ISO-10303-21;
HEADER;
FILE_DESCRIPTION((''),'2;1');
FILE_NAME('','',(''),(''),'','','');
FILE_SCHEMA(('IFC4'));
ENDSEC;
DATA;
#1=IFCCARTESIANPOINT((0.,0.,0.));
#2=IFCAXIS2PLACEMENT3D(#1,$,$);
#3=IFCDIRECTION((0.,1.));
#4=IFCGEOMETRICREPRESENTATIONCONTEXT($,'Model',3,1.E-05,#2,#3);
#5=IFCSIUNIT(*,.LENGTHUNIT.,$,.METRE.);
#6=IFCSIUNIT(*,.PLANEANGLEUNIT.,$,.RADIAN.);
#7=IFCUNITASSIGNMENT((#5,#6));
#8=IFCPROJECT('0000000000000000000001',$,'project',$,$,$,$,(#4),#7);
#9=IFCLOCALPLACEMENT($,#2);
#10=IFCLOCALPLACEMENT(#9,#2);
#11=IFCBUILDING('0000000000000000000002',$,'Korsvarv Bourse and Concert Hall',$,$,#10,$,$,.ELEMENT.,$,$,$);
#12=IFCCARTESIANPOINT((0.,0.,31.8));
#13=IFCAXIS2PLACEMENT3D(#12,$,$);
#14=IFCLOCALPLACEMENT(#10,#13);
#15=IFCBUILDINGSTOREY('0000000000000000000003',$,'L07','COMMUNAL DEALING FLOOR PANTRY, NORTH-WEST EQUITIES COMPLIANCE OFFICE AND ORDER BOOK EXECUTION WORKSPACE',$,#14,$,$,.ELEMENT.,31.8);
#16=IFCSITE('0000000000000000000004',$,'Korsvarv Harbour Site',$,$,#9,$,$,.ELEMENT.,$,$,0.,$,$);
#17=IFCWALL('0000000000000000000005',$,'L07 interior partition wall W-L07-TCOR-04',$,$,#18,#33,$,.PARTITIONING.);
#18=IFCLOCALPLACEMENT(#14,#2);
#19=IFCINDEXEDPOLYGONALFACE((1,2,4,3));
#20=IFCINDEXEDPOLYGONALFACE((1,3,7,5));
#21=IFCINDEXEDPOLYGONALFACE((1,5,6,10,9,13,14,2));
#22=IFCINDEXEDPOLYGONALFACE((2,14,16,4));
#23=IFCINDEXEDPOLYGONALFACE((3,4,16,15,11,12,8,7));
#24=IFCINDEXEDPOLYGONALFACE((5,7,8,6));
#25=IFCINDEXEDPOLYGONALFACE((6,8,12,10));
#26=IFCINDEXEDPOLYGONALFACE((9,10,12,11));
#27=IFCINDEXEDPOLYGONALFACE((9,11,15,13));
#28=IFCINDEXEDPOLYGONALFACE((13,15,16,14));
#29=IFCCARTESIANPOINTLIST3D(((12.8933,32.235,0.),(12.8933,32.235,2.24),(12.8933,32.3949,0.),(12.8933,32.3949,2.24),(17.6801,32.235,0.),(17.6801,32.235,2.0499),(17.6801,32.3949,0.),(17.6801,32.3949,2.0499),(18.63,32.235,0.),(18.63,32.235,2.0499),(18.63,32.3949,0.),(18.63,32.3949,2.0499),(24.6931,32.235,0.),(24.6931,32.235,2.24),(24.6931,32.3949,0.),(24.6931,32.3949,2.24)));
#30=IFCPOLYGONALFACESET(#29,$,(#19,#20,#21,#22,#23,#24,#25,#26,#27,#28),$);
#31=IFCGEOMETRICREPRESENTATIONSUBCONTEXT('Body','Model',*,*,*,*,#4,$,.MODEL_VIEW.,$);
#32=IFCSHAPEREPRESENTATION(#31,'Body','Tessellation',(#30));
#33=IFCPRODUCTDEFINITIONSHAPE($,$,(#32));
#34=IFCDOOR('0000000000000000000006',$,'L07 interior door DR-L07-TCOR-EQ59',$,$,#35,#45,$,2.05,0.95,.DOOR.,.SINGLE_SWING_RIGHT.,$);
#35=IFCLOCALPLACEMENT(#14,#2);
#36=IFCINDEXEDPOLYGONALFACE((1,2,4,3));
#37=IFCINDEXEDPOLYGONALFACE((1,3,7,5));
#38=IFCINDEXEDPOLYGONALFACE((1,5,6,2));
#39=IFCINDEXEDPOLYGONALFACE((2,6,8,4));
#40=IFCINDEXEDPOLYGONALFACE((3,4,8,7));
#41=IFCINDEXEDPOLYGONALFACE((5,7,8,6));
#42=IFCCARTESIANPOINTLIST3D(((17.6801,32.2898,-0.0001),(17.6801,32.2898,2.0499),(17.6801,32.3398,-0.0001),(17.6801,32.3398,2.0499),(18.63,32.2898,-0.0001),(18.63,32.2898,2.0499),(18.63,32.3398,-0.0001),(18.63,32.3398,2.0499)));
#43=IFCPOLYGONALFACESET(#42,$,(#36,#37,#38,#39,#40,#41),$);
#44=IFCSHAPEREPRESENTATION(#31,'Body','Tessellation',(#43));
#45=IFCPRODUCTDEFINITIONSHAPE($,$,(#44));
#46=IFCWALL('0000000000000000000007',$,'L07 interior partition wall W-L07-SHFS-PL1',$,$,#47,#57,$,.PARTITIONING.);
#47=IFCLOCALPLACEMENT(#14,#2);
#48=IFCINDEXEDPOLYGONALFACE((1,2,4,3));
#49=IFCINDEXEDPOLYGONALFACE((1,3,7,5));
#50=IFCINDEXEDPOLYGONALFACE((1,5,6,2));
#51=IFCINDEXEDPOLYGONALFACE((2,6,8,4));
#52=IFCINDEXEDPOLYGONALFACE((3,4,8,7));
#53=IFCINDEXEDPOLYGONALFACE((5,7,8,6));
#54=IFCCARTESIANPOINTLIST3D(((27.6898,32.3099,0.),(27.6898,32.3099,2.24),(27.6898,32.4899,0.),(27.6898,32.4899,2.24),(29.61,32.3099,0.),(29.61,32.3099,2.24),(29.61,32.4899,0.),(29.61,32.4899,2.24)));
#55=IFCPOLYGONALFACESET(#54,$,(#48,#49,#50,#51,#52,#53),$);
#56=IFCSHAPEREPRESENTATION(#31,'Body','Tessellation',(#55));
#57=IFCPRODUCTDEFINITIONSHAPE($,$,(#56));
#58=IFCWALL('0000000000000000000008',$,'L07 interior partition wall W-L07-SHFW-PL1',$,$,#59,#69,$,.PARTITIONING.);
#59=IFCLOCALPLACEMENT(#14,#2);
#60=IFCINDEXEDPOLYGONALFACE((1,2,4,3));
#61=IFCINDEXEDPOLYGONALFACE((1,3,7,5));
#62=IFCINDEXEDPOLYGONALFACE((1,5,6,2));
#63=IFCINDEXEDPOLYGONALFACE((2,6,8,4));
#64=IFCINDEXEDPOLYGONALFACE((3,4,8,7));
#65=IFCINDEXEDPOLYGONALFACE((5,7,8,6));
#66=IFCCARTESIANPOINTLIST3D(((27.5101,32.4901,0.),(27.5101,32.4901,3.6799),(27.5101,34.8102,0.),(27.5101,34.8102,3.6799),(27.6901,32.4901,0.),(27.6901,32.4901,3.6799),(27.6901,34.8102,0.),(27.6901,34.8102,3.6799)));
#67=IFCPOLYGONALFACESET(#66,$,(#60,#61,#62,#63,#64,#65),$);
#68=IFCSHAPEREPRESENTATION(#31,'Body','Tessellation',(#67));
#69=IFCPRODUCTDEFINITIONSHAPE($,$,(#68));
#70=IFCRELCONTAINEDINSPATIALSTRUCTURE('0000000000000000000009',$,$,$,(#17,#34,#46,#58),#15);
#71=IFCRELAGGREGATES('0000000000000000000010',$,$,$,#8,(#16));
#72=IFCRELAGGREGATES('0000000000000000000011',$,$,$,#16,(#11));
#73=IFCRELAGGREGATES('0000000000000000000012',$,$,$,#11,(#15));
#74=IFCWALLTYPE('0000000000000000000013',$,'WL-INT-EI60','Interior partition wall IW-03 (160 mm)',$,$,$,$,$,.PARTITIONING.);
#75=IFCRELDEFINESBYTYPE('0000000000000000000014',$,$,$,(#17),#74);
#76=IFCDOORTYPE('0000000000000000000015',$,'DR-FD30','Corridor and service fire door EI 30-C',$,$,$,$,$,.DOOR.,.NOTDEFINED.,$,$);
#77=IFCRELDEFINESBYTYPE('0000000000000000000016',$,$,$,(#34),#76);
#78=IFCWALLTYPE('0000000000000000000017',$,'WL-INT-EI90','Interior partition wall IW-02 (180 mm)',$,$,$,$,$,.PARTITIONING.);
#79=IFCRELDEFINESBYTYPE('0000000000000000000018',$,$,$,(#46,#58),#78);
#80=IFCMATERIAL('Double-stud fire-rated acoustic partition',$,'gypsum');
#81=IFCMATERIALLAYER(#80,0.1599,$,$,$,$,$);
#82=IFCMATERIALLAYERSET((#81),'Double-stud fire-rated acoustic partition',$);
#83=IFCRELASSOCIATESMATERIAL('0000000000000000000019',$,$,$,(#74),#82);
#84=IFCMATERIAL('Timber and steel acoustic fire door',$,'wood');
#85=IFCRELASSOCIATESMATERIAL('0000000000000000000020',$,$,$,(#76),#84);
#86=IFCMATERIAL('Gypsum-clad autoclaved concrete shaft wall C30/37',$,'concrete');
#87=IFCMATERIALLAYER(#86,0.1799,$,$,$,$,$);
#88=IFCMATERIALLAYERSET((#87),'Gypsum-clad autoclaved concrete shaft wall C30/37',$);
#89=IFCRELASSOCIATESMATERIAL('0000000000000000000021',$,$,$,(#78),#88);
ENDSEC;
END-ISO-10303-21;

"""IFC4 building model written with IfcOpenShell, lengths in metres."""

from ifc_helpers import new_model, si_unit, direction, frame, frame_2d, origin, place, context, subcontext, project, spatial, rectangle, extrude, material, layer, layer_set, type_object, element, fill, save


model = new_model("IFC4")

# Units and contexts
model_context = context("Model", 3, precision=1e-05, world=origin(), true_north=direction((0.0, 1.0)))
body_context = subcontext(model_context, "Body", "Model", "MODEL_VIEW")
ifc_project = project(units=[si_unit("LENGTHUNIT", "METRE"), si_unit("PLANEANGLEUNIT", "RADIAN")], contexts=[model_context])

# Site, building, storey
site_placement = place(None, origin())
site = spatial("IfcSite", under=ifc_project, at=site_placement, Name="Korsvarv Harbour Site", CompositionType="ELEMENT", RefElevation=0.0)
building_placement = place(site_placement, origin())
building = spatial("IfcBuilding", under=site, at=building_placement, Name="Korsvarv Bourse and Concert Hall", CompositionType="ELEMENT")
storey_placement = place(building_placement, frame((0.0, 0.0, 31.8)))
storey = spatial("IfcBuildingStorey", under=building, at=storey_placement, Name="L07", Description="COMMUNAL DEALING FLOOR PANTRY, NORTH-WEST EQUITIES COMPLIANCE OFFICE AND ORDER BOOK EXECUTION WORKSPACE", CompositionType="ELEMENT", Elevation=31.8)

# Wall, opening, door
ifc_material_1 = material(Name="Double-stud fire-rated acoustic partition", Category="gypsum")
ifc_layer_1 = layer(ifc_material_1, 0.1599)
ifc_layer_set_1 = layer_set([ifc_layer_1], Name="Double-stud fire-rated acoustic partition")
wall_type_1 = type_object("IfcWallType", Name="WL-INT-EI60", Description="Interior partition wall IW-03 (160 mm)", PredefinedType="PARTITIONING", material=ifc_layer_set_1)
ifc_material_2 = material(Name="Timber and steel acoustic fire door", Category="wood")
door_type_1 = type_object("IfcDoorType", Name="DR-FD30", Description="Corridor and service fire door EI 30-C", OperationType="NOTDEFINED", PredefinedType="DOOR", material=ifc_material_2)
wall_1_placement = place(storey_placement, frame((12.8933, 32.3149, 0.0), z_axis=(0.0, 0.0, 1.0), x_axis=(1.0, 0.0, 0.0)))
wall_1 = element("IfcWall", 1, at=wall_1_placement, inside=storey, type_object=wall_type_1, Name="L07 interior partition wall W-L07-TCOR-04", PredefinedType="PARTITIONING", context=body_context, shape_type="SweptSolid", body=[
    extrude(rectangle(XDim=11.7998, YDim=0.1599, at=frame_2d((5.8999, 0.0))), origin(), (0.0, 0.0, 1.0), 2.24),
])
opening_1_placement = place(wall_1_placement, frame((4.7866, 0.0, 0.0)))
opening_1 = element("IfcOpeningElement", 2, at=opening_1_placement, cuts=wall_1, PredefinedType="OPENING", context=body_context, shape_type="SweptSolid", body=[
    extrude(rectangle(XDim=0.95, YDim=2.05, at=frame_2d((0.4751, 1.0249))), frame((0.0, 0.0898, 0.0), z_axis=(0.0, -1.0, 0.0), x_axis=(1.0, 0.0, 0.0)), (0.0, 0.0, 1.0), 0.1799),
])
door_1_placement = place(opening_1_placement, origin())
door_1 = element("IfcDoor", 3, at=door_1_placement, inside=storey, type_object=door_type_1, Name="L07 interior door DR-L07-TCOR-EQ59", OperationType="SINGLE_SWING_RIGHT", OverallHeight=2.05, OverallWidth=0.95, PredefinedType="DOOR", context=body_context, shape_type="SweptSolid", body=[
    extrude(rectangle(XDim=0.95, YDim=2.05, at=frame_2d((0.4751, 1.0249))), frame((0.0, 0.0249, 0.0), z_axis=(0.0, -1.0, 0.0), x_axis=(1.0, 0.0, 0.0)), (0.0, 0.0, 1.0), 0.05),
])
fill(opening_1, door_1)

# Walls
ifc_material_3 = material(Name="Gypsum-clad autoclaved concrete shaft wall C30/37", Category="concrete")
ifc_layer_2 = layer(ifc_material_3, 0.1799)
ifc_layer_set_2 = layer_set([ifc_layer_2], Name="Gypsum-clad autoclaved concrete shaft wall C30/37")
wall_type_2 = type_object("IfcWallType", Name="WL-INT-EI90", Description="Interior partition wall IW-02 (180 mm)", PredefinedType="PARTITIONING", material=ifc_layer_set_2)
wall_2_placement = place(storey_placement, frame((27.6899, 32.3999, 0.0), z_axis=(0.0, 0.0, 1.0), x_axis=(1.0, 0.0, 0.0)))
element("IfcWall", 4, at=wall_2_placement, inside=storey, type_object=wall_type_2, Name="L07 interior partition wall W-L07-SHFS-PL1", PredefinedType="PARTITIONING", context=body_context, shape_type="SweptSolid", body=[
    extrude(rectangle(XDim=1.9202, YDim=0.1799, at=frame_2d((0.96, 0.0))), origin(), (0.0, 0.0, 1.0), 2.24),
])
wall_3_placement = place(storey_placement, frame((27.6001, 32.49, 0.0), z_axis=(0.0, 0.0, 1.0), x_axis=(0.0, 1.0, 0.0)))
element("IfcWall", 5, at=wall_3_placement, inside=storey, type_object=wall_type_2, Name="L07 interior partition wall W-L07-SHFW-PL1", PredefinedType="PARTITIONING", context=body_context, shape_type="SweptSolid", body=[
    extrude(rectangle(XDim=2.3201, YDim=0.1799, at=frame_2d((1.1602, 0.0))), origin(), (0.0, 0.0, 1.0), 3.6799),
])

save(model, "model.ifc")
